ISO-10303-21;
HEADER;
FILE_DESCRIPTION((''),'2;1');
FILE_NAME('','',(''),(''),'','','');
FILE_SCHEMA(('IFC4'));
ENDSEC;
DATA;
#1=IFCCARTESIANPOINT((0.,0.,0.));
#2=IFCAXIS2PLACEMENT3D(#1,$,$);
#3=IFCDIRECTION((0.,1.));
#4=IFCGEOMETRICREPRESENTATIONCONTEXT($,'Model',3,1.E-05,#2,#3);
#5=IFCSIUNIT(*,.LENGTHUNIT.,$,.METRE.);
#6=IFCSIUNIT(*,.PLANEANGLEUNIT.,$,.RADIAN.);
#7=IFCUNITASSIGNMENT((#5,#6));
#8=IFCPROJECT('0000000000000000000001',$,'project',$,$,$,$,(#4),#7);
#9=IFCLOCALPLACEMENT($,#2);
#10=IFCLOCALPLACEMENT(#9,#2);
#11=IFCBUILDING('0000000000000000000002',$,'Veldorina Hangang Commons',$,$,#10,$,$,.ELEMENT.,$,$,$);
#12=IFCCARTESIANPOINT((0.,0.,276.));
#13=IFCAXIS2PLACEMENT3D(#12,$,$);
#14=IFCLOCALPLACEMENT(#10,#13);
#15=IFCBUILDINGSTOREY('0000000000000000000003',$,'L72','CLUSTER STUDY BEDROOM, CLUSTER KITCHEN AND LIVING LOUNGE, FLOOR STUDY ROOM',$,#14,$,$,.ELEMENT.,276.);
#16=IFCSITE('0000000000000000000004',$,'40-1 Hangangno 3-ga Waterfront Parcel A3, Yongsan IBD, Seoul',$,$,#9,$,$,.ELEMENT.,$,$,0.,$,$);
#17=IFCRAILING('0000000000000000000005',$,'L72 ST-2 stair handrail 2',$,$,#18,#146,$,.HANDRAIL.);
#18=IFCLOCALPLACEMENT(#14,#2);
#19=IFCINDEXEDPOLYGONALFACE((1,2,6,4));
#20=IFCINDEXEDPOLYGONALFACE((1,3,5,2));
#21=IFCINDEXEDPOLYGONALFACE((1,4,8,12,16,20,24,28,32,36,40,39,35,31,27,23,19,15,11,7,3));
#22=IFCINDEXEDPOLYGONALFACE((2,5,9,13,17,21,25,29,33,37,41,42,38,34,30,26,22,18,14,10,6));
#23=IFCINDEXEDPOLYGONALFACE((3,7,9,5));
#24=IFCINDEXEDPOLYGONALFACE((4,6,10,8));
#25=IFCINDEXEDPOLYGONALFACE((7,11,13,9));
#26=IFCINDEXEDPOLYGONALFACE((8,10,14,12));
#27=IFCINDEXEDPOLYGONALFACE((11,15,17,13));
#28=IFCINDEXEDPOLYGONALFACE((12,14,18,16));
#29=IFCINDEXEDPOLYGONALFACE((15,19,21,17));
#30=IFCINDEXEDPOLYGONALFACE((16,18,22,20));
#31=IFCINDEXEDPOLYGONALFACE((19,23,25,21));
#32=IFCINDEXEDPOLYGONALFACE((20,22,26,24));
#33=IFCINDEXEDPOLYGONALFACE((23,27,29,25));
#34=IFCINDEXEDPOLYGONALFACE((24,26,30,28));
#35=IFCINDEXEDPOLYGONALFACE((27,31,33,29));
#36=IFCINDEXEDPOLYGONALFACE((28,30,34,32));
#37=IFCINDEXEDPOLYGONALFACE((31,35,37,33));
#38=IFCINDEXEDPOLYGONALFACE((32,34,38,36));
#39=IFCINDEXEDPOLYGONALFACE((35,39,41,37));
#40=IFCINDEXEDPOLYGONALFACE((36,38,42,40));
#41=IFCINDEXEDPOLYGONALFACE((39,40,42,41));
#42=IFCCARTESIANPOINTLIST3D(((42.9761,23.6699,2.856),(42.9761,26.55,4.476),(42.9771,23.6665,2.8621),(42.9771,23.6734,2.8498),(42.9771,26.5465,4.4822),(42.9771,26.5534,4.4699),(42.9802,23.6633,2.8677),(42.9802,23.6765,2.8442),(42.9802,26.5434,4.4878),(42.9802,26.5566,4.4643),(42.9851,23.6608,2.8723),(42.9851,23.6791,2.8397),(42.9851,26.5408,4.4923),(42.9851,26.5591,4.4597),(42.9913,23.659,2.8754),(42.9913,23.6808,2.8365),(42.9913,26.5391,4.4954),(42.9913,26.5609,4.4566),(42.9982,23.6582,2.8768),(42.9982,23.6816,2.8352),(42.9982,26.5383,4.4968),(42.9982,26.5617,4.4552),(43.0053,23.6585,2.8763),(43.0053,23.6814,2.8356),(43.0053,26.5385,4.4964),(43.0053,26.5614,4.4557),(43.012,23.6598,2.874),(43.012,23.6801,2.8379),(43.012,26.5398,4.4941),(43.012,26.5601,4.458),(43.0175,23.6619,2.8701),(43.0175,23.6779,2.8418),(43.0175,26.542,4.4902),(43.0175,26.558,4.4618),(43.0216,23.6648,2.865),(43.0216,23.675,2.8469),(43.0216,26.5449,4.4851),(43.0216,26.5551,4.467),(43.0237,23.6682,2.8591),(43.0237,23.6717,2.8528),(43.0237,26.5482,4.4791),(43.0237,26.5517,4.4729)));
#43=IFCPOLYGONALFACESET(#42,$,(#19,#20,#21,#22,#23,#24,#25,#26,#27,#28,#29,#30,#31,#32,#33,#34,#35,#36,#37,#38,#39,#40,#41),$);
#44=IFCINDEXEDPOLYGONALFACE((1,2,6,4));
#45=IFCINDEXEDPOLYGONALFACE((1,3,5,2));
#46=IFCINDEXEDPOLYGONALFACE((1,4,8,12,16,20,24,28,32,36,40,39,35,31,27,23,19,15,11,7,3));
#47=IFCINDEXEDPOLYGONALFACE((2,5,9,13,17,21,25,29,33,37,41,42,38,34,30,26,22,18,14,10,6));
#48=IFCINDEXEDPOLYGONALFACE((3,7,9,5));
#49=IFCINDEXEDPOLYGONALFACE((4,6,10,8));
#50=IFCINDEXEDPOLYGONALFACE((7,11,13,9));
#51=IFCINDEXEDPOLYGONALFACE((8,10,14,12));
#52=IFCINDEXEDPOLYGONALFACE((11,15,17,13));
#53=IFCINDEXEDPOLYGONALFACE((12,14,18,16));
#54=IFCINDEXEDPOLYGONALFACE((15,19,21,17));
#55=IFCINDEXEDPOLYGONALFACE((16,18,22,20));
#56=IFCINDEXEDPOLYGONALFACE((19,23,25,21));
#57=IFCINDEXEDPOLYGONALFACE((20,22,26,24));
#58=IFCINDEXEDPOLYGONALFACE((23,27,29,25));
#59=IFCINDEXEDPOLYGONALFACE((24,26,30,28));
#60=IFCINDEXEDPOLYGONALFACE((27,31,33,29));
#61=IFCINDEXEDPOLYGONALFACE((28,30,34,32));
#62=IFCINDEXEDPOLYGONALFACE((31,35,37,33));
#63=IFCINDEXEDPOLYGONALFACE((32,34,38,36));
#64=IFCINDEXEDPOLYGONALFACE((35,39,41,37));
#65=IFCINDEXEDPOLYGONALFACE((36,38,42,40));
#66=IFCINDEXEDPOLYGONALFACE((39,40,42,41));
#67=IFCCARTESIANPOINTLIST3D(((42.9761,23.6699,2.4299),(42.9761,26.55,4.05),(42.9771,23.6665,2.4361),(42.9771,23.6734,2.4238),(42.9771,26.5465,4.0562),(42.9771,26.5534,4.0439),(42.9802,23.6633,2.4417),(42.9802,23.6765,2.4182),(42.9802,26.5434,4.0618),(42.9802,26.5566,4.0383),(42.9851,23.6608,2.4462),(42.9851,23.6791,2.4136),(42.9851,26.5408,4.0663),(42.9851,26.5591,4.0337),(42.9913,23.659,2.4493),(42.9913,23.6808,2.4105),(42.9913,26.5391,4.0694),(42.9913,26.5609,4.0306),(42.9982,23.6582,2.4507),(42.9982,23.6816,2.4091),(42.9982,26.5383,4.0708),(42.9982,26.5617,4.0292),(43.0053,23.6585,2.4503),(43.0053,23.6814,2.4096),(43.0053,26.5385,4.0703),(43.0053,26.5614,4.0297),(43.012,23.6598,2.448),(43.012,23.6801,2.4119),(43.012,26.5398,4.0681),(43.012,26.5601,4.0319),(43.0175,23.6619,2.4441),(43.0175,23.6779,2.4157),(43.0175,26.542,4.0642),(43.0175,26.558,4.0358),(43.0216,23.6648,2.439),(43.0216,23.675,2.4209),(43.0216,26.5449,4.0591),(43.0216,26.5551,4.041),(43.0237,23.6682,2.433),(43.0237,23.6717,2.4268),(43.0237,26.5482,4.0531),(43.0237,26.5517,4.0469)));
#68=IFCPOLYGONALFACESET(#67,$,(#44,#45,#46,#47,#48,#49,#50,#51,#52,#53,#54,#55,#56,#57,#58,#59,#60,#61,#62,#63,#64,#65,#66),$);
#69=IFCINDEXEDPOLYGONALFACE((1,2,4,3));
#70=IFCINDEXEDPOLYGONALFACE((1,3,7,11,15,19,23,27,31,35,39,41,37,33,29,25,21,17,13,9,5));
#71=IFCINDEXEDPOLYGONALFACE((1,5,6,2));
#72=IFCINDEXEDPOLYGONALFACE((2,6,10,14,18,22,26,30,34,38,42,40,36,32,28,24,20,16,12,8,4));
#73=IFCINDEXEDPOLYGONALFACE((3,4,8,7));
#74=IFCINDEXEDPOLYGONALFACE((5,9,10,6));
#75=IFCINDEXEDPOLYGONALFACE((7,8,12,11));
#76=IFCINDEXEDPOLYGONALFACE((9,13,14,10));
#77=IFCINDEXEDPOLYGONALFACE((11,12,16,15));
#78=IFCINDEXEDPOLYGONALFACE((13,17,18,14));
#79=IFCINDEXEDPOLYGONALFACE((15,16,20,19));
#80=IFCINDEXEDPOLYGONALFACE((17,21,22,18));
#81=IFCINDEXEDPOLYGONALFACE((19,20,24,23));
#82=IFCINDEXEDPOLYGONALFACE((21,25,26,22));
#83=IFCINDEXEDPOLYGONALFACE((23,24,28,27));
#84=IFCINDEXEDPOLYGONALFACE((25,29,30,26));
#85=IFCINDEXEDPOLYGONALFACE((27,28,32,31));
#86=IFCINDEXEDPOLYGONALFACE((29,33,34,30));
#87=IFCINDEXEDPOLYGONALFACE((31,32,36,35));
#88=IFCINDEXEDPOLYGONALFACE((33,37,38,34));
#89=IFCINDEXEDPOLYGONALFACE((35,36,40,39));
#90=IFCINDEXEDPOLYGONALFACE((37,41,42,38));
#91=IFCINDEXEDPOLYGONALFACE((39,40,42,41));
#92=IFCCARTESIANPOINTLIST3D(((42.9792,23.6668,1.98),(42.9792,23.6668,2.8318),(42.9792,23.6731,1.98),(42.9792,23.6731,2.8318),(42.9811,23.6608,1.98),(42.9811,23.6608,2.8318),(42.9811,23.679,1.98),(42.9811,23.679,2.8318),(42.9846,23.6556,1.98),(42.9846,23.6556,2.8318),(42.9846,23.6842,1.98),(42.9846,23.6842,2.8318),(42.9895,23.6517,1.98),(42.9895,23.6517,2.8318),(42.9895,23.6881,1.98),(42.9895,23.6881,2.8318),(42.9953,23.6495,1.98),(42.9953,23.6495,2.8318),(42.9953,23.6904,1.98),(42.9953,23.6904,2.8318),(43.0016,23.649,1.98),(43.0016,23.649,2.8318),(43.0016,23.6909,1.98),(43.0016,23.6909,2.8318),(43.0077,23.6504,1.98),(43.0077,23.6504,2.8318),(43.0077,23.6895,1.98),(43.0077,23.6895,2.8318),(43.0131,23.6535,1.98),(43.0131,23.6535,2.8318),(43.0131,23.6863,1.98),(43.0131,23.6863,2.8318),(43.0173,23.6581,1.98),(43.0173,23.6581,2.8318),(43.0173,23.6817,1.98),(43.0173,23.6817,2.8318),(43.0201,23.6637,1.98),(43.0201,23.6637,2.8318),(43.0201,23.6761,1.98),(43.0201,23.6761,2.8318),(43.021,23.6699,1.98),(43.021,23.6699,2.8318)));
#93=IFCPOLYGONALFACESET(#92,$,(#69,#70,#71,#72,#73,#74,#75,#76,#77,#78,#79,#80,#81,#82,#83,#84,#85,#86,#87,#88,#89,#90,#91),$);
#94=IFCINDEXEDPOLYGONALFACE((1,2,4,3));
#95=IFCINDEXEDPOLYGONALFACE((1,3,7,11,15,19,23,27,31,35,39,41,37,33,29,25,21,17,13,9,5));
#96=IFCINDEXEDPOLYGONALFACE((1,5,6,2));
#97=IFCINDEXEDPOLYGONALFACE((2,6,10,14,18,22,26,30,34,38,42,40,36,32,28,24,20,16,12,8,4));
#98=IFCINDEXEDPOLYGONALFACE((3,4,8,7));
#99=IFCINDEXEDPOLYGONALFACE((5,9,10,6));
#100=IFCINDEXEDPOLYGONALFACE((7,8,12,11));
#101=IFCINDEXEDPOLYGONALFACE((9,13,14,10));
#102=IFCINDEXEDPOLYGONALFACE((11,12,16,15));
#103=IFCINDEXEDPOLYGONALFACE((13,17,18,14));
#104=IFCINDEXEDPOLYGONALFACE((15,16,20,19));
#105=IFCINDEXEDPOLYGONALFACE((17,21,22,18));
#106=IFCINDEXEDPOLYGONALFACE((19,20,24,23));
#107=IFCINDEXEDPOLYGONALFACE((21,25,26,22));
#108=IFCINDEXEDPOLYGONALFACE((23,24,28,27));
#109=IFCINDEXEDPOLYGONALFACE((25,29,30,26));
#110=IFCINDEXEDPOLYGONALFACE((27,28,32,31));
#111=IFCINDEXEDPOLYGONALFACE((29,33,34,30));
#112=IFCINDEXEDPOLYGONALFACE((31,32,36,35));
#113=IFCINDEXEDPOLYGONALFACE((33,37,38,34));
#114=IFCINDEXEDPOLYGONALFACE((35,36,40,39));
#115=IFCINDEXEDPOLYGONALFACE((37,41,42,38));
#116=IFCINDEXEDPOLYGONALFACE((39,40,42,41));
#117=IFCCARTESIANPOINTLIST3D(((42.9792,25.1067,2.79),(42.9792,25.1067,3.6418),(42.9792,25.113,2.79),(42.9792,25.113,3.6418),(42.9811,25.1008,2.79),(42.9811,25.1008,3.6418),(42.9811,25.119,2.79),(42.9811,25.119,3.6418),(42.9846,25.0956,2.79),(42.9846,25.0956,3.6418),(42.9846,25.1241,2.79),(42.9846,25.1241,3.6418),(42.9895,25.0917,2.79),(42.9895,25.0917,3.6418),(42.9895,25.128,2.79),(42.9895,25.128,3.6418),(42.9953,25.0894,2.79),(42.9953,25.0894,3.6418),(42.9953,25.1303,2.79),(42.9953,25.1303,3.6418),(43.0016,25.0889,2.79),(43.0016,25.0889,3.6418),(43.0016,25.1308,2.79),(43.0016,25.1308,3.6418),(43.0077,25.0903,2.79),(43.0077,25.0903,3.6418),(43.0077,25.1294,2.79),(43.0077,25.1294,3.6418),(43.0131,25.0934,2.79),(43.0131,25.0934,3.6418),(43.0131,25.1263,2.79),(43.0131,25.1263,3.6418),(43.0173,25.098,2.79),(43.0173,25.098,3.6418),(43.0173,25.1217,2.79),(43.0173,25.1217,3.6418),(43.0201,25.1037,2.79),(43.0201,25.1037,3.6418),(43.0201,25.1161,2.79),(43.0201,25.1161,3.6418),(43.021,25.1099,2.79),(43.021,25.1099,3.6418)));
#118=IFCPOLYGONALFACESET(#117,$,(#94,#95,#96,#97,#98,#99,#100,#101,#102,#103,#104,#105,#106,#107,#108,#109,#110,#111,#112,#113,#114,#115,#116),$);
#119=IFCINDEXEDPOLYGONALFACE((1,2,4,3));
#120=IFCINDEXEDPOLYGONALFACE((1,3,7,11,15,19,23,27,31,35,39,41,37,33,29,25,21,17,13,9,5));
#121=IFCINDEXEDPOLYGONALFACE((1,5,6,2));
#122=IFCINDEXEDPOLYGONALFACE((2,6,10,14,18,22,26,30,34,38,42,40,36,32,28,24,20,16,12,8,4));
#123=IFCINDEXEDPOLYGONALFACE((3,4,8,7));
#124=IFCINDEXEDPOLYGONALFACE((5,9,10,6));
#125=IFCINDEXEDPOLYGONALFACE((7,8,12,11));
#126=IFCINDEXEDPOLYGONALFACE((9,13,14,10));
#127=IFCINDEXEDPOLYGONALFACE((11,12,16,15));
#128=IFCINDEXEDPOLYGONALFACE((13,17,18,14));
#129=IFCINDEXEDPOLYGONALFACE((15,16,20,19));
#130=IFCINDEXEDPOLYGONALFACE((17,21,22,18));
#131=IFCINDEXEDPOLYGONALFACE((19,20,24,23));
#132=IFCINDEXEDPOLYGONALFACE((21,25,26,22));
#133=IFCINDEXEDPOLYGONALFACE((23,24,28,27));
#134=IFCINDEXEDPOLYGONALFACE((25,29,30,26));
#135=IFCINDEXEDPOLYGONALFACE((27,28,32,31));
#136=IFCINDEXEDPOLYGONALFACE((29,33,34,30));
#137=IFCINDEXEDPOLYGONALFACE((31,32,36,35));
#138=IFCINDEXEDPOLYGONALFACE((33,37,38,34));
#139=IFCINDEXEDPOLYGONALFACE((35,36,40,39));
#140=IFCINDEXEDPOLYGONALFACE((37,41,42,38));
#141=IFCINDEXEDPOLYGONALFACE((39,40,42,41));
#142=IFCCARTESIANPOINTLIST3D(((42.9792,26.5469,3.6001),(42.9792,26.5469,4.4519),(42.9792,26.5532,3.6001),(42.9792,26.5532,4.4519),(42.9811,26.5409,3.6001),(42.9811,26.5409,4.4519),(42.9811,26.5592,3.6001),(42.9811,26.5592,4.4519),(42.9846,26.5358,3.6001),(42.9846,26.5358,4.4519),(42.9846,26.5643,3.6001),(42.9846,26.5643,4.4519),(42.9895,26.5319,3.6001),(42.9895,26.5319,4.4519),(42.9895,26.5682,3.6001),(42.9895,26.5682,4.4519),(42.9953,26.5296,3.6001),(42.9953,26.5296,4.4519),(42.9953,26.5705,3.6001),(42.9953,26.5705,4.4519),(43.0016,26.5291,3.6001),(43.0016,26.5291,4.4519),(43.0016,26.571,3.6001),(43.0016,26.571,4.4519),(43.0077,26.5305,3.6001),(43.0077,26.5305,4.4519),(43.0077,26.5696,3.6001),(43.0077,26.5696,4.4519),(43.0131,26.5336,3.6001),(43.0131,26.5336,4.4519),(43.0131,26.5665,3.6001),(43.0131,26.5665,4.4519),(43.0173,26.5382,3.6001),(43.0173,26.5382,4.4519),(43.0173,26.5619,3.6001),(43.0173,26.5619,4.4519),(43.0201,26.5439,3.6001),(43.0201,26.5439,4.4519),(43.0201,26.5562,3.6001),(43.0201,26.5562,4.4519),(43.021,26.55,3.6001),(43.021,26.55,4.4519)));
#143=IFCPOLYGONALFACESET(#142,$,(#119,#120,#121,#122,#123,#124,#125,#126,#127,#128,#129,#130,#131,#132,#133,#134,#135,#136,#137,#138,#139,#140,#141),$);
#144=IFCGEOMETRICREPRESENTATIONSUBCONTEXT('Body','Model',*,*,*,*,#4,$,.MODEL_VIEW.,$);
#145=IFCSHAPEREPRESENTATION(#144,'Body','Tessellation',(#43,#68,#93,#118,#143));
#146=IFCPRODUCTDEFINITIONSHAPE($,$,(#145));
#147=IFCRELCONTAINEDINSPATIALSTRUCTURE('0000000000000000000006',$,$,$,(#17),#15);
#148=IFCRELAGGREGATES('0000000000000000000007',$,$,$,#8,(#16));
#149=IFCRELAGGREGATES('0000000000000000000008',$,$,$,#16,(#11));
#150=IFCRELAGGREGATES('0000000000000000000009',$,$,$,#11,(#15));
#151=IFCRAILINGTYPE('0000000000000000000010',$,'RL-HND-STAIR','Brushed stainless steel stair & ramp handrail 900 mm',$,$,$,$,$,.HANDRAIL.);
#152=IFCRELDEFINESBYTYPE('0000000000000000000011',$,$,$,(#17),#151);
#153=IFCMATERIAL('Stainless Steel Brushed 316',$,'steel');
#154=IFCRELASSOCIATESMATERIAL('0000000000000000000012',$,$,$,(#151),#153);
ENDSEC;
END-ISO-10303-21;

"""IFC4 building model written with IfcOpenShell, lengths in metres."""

from ifc_helpers import new_model, si_unit, direction, frame, origin, origin_2d, place, context, subcontext, project, spatial, circle, extrude, material, type_object, element, save


model = new_model("IFC4")

# Units and contexts
model_context = context("Model", 3, precision=1e-05, world=origin(), true_north=direction((0.0, 1.0)))
body_context = subcontext(model_context, "Body", "Model", "MODEL_VIEW")
ifc_project = project(units=[si_unit("LENGTHUNIT", "METRE"), si_unit("PLANEANGLEUNIT", "RADIAN")], contexts=[model_context])

# Site, building, storey
site_placement = place(None, origin())
site = spatial("IfcSite", under=ifc_project, at=site_placement, Name="40-1 Hangangno 3-ga Waterfront Parcel A3, Yongsan IBD, Seoul", CompositionType="ELEMENT", RefElevation=0.0)
building_placement = place(site_placement, origin())
building = spatial("IfcBuilding", under=site, at=building_placement, Name="Veldorina Hangang Commons", CompositionType="ELEMENT")
storey_placement = place(building_placement, frame((0.0, 0.0, 276.0)))
storey = spatial("IfcBuildingStorey", under=building, at=storey_placement, Name="L72", Description="CLUSTER STUDY BEDROOM, CLUSTER KITCHEN AND LIVING LOUNGE, FLOOR STUDY ROOM", CompositionType="ELEMENT", Elevation=276.0)

# Railing
ifc_material_1 = material(Name="Stainless Steel Brushed 316", Category="steel")
railing_type_1 = type_object("IfcRailingType", Name="RL-HND-STAIR", Description="Brushed stainless steel stair & ramp handrail 900 mm", PredefinedType="HANDRAIL", material=ifc_material_1)
railing_1_placement = place(storey_placement, frame((43.0, 23.6699, 1.98)))
element("IfcRailing", 1, at=railing_1_placement, inside=storey, type_object=railing_type_1, Name="L72 ST-2 stair handrail 2", PredefinedType="HANDRAIL", context=body_context, shape_type="SweptSolid", body=[
    extrude(circle(Radius=0.0239, at=origin_2d()), frame((0.0, 0.0, 0.876), z_axis=(0.0, 0.87157, 0.490272), x_axis=(-1.0, 0.0, 0.0)), (0.0, 0.0, 1.0), 3.3044),
    extrude(circle(Radius=0.0239, at=origin_2d()), frame((0.0, 0.0, 0.45), z_axis=(0.0, 0.87157, 0.490272), x_axis=(-1.0, 0.0, 0.0)), (0.0, 0.0, 1.0), 3.3044),
    extrude(circle(Radius=0.021, at=origin_2d()), origin(), (0.0, 0.0, 1.0), 0.8518),
    extrude(circle(Radius=0.021, at=origin_2d()), frame((0.0, 1.4399, 0.8101)), (0.0, 0.0, 1.0), 0.8518),
    extrude(circle(Radius=0.021, at=origin_2d()), frame((0.0, 2.8801, 1.6201)), (0.0, 0.0, 1.0), 0.8518),
])

save(model, "model.ifc")
